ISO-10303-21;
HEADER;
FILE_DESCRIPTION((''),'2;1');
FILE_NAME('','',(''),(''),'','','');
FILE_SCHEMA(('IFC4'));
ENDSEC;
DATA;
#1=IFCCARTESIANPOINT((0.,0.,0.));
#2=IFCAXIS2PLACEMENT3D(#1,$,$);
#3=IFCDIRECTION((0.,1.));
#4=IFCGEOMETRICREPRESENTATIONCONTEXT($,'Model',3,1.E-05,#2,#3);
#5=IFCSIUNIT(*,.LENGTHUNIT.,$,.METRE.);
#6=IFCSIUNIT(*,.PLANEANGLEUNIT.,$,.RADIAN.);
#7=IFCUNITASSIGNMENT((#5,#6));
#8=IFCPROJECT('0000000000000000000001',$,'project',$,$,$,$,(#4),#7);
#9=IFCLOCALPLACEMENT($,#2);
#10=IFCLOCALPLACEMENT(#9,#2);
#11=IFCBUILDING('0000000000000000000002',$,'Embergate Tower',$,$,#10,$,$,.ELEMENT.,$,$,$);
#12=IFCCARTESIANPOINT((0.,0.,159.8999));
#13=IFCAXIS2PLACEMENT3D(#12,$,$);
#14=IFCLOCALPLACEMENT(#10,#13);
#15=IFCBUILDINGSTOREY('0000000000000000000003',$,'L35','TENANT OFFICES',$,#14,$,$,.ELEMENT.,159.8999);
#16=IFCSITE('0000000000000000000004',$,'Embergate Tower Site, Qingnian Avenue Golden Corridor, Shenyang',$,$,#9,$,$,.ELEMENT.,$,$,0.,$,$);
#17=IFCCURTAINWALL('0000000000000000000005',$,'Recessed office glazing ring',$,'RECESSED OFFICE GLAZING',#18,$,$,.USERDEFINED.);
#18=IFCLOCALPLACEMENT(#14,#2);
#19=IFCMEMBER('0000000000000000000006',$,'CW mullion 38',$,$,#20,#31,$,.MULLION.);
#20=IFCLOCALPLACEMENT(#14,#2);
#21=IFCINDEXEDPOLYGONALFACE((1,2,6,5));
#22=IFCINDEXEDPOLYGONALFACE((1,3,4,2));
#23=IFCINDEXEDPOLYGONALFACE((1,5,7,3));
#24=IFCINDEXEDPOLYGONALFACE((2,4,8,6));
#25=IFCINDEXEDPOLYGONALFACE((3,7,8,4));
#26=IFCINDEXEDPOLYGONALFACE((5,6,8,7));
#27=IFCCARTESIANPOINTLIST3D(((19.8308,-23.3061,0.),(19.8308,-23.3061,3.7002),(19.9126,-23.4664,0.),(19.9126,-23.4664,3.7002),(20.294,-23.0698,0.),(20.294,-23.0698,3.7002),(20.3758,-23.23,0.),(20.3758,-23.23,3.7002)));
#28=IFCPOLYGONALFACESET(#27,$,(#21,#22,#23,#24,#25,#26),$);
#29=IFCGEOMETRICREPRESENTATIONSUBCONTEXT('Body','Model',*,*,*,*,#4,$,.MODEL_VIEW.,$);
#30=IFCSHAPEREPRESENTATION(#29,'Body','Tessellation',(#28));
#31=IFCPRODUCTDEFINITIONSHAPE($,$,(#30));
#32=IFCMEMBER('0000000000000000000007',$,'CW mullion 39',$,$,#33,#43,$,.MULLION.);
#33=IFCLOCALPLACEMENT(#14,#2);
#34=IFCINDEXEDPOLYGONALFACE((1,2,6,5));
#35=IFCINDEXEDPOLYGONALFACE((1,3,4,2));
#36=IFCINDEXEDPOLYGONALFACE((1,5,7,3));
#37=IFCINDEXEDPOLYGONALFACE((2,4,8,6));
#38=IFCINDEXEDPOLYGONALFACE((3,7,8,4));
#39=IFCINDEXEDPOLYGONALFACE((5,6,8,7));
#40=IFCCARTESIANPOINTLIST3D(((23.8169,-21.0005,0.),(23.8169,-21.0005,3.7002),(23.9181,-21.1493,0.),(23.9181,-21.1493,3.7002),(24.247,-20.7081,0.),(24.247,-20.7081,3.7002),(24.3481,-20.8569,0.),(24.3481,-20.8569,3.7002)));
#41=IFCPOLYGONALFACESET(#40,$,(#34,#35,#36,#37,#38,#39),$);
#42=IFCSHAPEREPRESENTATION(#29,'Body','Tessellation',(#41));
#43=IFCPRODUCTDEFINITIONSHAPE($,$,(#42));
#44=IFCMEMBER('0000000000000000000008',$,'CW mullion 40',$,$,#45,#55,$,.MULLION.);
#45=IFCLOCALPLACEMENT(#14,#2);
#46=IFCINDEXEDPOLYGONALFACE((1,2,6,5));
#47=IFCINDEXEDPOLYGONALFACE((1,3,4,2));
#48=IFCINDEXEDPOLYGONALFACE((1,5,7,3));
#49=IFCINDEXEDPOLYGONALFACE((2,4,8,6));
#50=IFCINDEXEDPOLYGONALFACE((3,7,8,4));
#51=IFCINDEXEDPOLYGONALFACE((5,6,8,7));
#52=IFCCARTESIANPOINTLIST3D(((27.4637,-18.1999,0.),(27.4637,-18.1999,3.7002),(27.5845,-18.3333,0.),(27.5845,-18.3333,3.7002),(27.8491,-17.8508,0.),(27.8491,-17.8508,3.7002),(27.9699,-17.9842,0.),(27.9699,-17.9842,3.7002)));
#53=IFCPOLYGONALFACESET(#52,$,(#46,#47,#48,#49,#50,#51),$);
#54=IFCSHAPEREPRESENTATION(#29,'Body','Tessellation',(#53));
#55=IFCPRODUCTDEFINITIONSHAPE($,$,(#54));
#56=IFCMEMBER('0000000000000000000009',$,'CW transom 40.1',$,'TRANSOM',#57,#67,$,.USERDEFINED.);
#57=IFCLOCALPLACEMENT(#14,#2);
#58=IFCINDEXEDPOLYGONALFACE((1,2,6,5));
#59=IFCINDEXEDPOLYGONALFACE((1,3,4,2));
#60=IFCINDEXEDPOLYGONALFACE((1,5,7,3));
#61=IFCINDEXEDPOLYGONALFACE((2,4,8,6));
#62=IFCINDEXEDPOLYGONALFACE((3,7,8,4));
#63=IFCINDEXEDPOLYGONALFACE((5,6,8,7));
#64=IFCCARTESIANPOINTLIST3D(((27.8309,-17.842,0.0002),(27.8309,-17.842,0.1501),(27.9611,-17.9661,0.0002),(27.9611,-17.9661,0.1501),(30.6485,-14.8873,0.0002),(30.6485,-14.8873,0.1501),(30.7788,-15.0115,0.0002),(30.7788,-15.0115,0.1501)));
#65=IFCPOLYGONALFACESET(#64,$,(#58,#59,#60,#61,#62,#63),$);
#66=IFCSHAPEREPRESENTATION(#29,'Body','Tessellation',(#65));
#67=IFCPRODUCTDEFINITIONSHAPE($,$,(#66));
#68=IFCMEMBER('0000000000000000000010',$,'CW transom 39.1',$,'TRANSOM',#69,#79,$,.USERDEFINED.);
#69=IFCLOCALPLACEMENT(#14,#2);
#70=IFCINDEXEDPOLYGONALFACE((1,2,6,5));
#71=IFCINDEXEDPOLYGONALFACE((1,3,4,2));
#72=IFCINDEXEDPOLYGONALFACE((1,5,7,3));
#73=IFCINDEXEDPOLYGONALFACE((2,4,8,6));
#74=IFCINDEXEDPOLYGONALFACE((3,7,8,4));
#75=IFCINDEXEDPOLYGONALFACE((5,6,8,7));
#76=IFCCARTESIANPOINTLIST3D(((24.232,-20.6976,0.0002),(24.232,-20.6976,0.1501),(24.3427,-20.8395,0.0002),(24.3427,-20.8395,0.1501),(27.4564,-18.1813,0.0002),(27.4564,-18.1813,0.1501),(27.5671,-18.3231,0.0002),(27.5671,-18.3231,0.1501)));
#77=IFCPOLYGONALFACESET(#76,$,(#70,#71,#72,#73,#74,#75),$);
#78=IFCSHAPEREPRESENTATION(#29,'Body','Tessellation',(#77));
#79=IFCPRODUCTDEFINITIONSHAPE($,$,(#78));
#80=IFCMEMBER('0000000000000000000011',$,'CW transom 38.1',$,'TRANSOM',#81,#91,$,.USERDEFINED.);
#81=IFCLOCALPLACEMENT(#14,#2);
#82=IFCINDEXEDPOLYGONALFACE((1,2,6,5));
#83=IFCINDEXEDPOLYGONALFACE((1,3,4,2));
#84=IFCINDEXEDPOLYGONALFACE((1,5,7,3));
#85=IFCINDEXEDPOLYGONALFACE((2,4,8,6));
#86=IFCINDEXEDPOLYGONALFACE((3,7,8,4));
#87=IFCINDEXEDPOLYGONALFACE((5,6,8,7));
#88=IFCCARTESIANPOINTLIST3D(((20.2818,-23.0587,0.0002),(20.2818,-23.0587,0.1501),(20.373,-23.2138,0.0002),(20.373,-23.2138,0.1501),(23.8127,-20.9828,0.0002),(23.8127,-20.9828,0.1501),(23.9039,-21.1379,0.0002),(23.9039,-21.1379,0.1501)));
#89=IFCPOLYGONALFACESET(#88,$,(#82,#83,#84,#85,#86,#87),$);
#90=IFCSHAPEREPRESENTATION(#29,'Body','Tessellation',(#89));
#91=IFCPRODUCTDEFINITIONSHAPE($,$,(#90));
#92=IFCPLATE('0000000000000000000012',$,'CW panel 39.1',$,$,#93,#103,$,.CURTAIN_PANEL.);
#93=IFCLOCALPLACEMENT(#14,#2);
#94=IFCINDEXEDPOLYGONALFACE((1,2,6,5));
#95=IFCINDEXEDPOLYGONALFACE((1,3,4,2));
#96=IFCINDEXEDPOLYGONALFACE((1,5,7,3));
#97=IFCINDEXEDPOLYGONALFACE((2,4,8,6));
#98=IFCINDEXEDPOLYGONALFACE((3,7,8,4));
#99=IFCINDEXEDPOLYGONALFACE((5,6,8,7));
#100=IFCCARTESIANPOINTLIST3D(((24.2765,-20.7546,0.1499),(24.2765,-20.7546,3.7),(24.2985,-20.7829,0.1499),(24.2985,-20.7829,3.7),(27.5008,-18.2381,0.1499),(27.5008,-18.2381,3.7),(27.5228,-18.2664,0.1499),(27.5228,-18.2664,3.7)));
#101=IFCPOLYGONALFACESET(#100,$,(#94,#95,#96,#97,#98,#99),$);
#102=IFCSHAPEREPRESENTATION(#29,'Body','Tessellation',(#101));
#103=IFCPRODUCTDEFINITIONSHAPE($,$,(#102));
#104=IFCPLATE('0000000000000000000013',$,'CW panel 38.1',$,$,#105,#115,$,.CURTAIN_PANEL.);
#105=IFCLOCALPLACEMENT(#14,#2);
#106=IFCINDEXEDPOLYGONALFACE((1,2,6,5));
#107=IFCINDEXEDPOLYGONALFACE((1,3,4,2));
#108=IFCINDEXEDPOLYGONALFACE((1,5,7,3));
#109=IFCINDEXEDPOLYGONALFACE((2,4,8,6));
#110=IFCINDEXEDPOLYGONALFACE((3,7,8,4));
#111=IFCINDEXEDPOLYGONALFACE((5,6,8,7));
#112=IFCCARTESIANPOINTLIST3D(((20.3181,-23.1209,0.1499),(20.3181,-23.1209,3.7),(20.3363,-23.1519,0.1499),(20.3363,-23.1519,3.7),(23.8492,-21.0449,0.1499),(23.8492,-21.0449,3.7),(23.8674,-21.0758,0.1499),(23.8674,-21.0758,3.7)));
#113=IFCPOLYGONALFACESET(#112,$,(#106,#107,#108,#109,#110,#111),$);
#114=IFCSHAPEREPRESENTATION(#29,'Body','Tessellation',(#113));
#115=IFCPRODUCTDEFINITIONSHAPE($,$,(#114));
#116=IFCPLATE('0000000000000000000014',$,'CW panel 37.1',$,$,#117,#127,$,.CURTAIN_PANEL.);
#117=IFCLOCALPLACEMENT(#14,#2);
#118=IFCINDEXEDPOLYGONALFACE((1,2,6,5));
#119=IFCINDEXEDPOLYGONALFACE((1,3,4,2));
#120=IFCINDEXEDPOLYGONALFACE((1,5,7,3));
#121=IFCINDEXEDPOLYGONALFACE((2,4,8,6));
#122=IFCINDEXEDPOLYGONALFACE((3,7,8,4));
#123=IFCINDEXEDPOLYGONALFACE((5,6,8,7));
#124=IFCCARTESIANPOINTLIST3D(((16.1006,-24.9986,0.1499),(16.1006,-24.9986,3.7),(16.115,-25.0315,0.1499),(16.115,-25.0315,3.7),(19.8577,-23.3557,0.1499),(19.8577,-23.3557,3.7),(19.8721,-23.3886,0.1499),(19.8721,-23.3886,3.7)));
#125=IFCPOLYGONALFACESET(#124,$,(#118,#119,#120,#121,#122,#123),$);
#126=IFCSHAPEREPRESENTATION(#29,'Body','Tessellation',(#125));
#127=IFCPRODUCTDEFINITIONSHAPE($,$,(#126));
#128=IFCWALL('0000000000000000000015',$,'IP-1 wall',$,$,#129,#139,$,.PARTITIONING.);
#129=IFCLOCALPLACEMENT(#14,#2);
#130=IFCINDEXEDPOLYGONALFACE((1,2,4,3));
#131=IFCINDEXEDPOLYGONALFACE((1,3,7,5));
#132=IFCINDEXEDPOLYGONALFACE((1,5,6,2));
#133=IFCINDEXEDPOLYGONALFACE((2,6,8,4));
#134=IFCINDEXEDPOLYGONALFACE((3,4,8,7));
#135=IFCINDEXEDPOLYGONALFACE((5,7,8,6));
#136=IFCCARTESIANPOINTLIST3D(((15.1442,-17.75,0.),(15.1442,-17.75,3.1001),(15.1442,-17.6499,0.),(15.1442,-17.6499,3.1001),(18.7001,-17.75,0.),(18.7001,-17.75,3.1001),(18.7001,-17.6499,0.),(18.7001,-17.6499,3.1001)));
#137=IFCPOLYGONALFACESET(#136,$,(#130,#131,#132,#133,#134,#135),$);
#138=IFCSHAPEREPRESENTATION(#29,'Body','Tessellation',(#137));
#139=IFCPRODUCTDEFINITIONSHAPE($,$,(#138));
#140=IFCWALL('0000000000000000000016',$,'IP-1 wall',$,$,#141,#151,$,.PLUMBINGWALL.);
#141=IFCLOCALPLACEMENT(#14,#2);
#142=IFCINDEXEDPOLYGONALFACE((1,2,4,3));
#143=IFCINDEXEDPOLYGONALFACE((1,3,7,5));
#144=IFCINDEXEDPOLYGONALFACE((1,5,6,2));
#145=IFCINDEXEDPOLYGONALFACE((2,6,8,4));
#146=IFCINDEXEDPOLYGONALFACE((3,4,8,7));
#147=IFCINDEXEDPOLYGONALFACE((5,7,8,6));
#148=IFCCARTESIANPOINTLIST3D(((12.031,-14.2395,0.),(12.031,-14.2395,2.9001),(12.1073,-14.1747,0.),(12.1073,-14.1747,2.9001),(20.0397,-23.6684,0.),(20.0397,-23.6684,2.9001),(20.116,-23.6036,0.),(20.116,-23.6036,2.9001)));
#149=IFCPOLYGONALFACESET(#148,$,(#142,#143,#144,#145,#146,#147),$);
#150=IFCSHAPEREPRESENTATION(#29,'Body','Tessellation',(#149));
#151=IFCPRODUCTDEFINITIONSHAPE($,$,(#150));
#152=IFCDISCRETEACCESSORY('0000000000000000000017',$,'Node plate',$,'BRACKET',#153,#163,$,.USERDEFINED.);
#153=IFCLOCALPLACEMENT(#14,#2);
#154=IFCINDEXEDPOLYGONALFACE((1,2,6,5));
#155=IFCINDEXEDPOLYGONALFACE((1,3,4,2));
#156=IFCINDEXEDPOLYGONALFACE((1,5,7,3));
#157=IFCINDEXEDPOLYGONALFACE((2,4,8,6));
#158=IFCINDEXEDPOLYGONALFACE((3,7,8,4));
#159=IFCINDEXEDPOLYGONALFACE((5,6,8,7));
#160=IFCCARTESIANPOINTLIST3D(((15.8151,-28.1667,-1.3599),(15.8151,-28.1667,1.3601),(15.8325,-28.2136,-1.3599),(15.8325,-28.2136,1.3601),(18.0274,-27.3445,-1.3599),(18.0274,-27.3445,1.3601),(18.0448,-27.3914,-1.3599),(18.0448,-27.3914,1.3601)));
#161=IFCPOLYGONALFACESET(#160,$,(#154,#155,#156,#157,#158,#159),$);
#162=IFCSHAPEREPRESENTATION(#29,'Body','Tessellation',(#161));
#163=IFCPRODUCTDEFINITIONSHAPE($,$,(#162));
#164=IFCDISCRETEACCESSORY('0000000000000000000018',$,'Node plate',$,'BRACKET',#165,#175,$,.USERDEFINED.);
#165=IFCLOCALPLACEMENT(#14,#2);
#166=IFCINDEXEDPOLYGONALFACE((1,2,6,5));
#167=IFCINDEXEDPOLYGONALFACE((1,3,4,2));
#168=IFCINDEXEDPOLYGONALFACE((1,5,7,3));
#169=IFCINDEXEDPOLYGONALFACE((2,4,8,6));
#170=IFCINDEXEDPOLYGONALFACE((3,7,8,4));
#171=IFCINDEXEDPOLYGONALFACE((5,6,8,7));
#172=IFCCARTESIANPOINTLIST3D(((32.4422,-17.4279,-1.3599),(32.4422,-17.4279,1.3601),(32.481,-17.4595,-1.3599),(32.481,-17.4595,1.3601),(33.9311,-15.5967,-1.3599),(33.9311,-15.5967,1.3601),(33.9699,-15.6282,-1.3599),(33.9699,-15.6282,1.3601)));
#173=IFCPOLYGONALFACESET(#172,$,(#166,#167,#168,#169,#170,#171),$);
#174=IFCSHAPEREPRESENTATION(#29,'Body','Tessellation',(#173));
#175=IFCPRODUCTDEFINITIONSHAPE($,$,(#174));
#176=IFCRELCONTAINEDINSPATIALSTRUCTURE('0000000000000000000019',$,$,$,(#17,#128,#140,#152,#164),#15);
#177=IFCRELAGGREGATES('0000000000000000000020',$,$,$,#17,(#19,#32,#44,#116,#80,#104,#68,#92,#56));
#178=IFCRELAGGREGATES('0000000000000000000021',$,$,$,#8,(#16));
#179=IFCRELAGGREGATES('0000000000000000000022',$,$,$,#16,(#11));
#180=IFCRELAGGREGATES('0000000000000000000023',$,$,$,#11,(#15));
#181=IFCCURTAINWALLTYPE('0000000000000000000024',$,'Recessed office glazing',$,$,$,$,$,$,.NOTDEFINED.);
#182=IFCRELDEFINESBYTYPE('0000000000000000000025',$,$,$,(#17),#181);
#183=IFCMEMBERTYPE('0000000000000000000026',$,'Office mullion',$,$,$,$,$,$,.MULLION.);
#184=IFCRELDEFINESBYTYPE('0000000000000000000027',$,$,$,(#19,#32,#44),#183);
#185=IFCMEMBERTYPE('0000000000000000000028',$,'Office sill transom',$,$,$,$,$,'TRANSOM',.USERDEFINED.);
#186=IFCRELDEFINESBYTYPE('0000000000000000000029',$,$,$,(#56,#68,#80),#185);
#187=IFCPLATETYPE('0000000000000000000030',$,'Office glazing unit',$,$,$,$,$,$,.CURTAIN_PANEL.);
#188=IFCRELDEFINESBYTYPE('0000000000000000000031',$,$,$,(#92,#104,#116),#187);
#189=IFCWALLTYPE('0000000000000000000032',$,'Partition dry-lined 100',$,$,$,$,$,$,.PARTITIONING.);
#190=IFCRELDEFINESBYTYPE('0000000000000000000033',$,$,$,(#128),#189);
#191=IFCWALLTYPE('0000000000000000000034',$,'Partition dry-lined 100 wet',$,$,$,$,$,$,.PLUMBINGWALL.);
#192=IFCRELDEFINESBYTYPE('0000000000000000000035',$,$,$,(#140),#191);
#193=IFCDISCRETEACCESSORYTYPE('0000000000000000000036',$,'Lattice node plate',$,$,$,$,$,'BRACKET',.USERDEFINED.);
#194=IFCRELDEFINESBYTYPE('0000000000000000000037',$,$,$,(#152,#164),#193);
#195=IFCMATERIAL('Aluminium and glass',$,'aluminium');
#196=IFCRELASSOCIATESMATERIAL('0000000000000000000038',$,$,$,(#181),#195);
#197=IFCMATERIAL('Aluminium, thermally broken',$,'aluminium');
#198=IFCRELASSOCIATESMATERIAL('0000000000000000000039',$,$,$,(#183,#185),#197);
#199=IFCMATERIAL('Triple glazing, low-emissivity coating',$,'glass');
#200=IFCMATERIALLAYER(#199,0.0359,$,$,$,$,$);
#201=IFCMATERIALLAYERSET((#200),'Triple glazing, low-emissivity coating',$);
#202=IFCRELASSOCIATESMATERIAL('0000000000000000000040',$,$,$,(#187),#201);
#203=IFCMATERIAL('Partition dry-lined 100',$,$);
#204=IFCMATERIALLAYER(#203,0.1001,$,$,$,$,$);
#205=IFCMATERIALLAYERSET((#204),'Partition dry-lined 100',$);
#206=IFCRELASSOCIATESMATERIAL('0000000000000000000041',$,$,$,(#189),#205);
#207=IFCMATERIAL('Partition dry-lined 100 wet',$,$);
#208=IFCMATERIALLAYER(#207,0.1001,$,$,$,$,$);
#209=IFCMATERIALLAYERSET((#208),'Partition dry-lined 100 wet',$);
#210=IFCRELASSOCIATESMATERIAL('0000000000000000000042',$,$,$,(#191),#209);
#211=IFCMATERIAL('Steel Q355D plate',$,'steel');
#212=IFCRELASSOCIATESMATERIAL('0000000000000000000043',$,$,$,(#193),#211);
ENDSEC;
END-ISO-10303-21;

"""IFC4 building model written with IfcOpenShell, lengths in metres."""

from ifc_helpers import new_model, si_unit, direction, frame, frame_2d, origin, origin_2d, place, context, subcontext, project, spatial, rectangle, extrude, source, transform, mapped, material, layer, layer_set, material_profile, profile_set, type_object, element, aggregate, save


model = new_model("IFC4")

# Units and contexts
model_context = context("Model", 3, precision=1e-05, world=origin(), true_north=direction((0.0, 1.0)))
body_context = subcontext(model_context, "Body", "Model", "MODEL_VIEW")
ifc_project = project(units=[si_unit("LENGTHUNIT", "METRE"), si_unit("PLANEANGLEUNIT", "RADIAN")], contexts=[model_context])

# Site, building, storey
site_placement = place(None, origin())
site = spatial("IfcSite", under=ifc_project, at=site_placement, Name="Embergate Tower Site, Qingnian Avenue Golden Corridor, Shenyang", CompositionType="ELEMENT", RefElevation=0.0)
building_placement = place(site_placement, origin())
building = spatial("IfcBuilding", under=site, at=building_placement, Name="Embergate Tower", CompositionType="ELEMENT")
storey_placement = place(building_placement, frame((0.0, 0.0, 159.8999)))
storey = spatial("IfcBuildingStorey", under=building, at=storey_placement, Name="L35", Description="TENANT OFFICES", CompositionType="ELEMENT", Elevation=159.8999)

# Curtain wall, members, plates
ifc_material_1 = material(Name="Aluminium and glass", Category="aluminium")
curtain_wall_type = type_object("IfcCurtainWallType", Name="Recessed office glazing", PredefinedType="NOTDEFINED", material=ifc_material_1)
curtain_wall_placement = place(storey_placement, origin())
curtain_wall = element("IfcCurtainWall", 1, at=curtain_wall_placement, inside=storey, type_object=curtain_wall_type, Name="Recessed office glazing ring", ObjectType="RECESSED OFFICE GLAZING", PredefinedType="USERDEFINED")
ifc_material_2 = material(Name="Aluminium, thermally broken", Category="aluminium")
ifc_material_profile_1 = material_profile(ifc_material_2, rectangle(XDim=0.1799, YDim=0.52, at=origin_2d()), Name="AL 520x180")
ifc_profile_set_1 = profile_set([ifc_material_profile_1], Name="Aluminium, thermally broken")
member_type_1 = type_object("IfcMemberType", Name="Office mullion", PredefinedType="MULLION", material=ifc_profile_set_1)
shared_shape_1 = source(origin(), body_context, "Body", "SweptSolid", [
    extrude(rectangle(XDim=0.1799, YDim=0.52, at=origin_2d()), origin(), (0.0, 0.0, 1.0), 3.7002),
])
member_1_placement = place(storey_placement, frame((20.1033, -23.2681, 0.0), z_axis=(0.0, 0.0, 1.0), x_axis=(-0.45451, 0.890742, 0.0)))
member_1 = element("IfcMember", 2, at=member_1_placement, type_object=member_type_1, Name="CW mullion 38", PredefinedType="MULLION", context=body_context, shape_type="MappedRepresentation", body=[
    mapped(shared_shape_1, transform((0.0, 0.0, 0.0))),
])
member_2_placement = place(storey_placement, frame((24.0825, -20.9287, 0.0), z_axis=(0.0, 0.0, 1.0), x_axis=(-0.562216, 0.82699, 0.0)))
member_2 = element("IfcMember", 3, at=member_2_placement, type_object=member_type_1, Name="CW mullion 39", PredefinedType="MULLION", context=body_context, shape_type="MappedRepresentation", body=[
    mapped(shared_shape_1, transform((0.0, 0.0, 0.0))),
])
member_3_placement = place(storey_placement, frame((27.7168, -18.092, 0.0), z_axis=(0.0, 0.0, 1.0), x_axis=(-0.671227, 0.741252, 0.0)))
member_3 = element("IfcMember", 4, at=member_3_placement, type_object=member_type_1, Name="CW mullion 40", PredefinedType="MULLION", context=body_context, shape_type="MappedRepresentation", body=[
    mapped(shared_shape_1, transform((0.0, 0.0, 0.0))),
])
ifc_material_profile_2 = material_profile(ifc_material_2, rectangle(XDim=0.1799, YDim=0.1499, at=origin_2d()), Name="AL 150x180")
ifc_profile_set_2 = profile_set([ifc_material_profile_2], Name="Aluminium, thermally broken")
member_type_2 = type_object("IfcMemberType", Name="Office sill transom", ElementType="TRANSOM", PredefinedType="USERDEFINED", material=ifc_profile_set_2)
shared_shape_2 = source(origin(), body_context, "Body", "SweptSolid", [
    extrude(rectangle(XDim=0.1799, YDim=0.1499, at=origin_2d()), origin(), (0.0, 0.0, 1.0), 4.0828),
])
member_4_placement = place(storey_placement, frame((27.896, -17.9041, 0.0752), z_axis=(0.690134, 0.723681, 0.0), x_axis=(-0.723681, 0.690134, 0.0)))
member_4 = element("IfcMember", 5, at=member_4_placement, type_object=member_type_2, Name="CW transom 40.1", ObjectType="TRANSOM", PredefinedType="USERDEFINED", context=body_context, shape_type="MappedRepresentation", body=[
    mapped(shared_shape_2, transform((0.0, 0.0, 0.0))),
])
shared_shape_3 = source(origin(), body_context, "Body", "SweptSolid", [
    extrude(rectangle(XDim=0.1799, YDim=0.1499, at=origin_2d()), origin(), (0.0, 0.0, 1.0), 4.0901),
])
member_5_placement = place(storey_placement, frame((24.2874, -20.7686, 0.0752), z_axis=(0.788342, 0.615237, 0.0), x_axis=(-0.615237, 0.788342, 0.0)))
member_5 = element("IfcMember", 6, at=member_5_placement, type_object=member_type_2, Name="CW transom 39.1", ObjectType="TRANSOM", PredefinedType="USERDEFINED", context=body_context, shape_type="MappedRepresentation", body=[
    mapped(shared_shape_3, transform((0.0, 0.0, 0.0))),
])
shared_shape_4 = source(origin(), body_context, "Body", "SweptSolid", [
    extrude(rectangle(XDim=0.1799, YDim=0.1499, at=origin_2d()), origin(), (0.0, 0.0, 1.0), 4.0959),
])
member_6_placement = place(storey_placement, frame((20.3274, -23.1362, 0.0752), z_axis=(0.862055, 0.506814, 0.0), x_axis=(-0.506814, 0.862055, 0.0)))
member_6 = element("IfcMember", 7, at=member_6_placement, type_object=member_type_2, Name="CW transom 38.1", ObjectType="TRANSOM", PredefinedType="USERDEFINED", context=body_context, shape_type="MappedRepresentation", body=[
    mapped(shared_shape_4, transform((0.0, 0.0, 0.0))),
])
ifc_material_3 = material(Name="Triple glazing, low-emissivity coating", Category="glass")
ifc_layer_1 = layer(ifc_material_3, 0.0359)
ifc_layer_set_1 = layer_set([ifc_layer_1], Name="Triple glazing, low-emissivity coating")
plate_type = type_object("IfcPlateType", Name="Office glazing unit", PredefinedType="CURTAIN_PANEL", material=ifc_layer_set_1)
shared_shape_5 = source(origin(), body_context, "Body", "SweptSolid", [
    extrude(rectangle(XDim=4.0901, YDim=0.0359, at=origin_2d()), origin(), (0.0, 0.0, 1.0), 3.55),
])
plate_1_placement = place(storey_placement, frame((25.8997, -19.5105, 0.1499), z_axis=(0.0, 0.0, 1.0), x_axis=(0.78832, 0.615265, 0.0)))
plate_1 = element("IfcPlate", 8, at=plate_1_placement, type_object=plate_type, Name="CW panel 39.1", PredefinedType="CURTAIN_PANEL", context=body_context, shape_type="MappedRepresentation", body=[
    mapped(shared_shape_5, transform((0.0, 0.0, 0.0))),
])
shared_shape_6 = source(origin(), body_context, "Body", "SweptSolid", [
    extrude(rectangle(XDim=4.0962, YDim=0.0359, at=origin_2d()), origin(), (0.0, 0.0, 1.0), 3.55),
])
plate_2_placement = place(storey_placement, frame((22.0928, -22.0984, 0.1499), z_axis=(0.0, 0.0, 1.0), x_axis=(0.862053, 0.506818, 0.0)))
plate_2 = element("IfcPlate", 9, at=plate_2_placement, type_object=plate_type, Name="CW panel 38.1", PredefinedType="CURTAIN_PANEL", context=body_context, shape_type="MappedRepresentation", body=[
    mapped(shared_shape_6, transform((0.0, 0.0, 0.0))),
])
shared_shape_7 = source(origin(), body_context, "Body", "SweptSolid", [
    extrude(rectangle(XDim=4.1006, YDim=0.0359, at=origin_2d()), origin(), (0.0, 0.0, 1.0), 3.55),
])
plate_3_placement = place(storey_placement, frame((17.9863, -24.1936, 0.1499), z_axis=(0.0, 0.0, 1.0), x_axis=(0.916236, 0.400638, 0.0)))
plate_3 = element("IfcPlate", 10, at=plate_3_placement, type_object=plate_type, Name="CW panel 37.1", PredefinedType="CURTAIN_PANEL", context=body_context, shape_type="MappedRepresentation", body=[
    mapped(shared_shape_7, transform((0.0, 0.0, 0.0))),
])
aggregate(curtain_wall, [member_1, member_2, member_3, plate_3, member_6, plate_2, member_5, plate_1, member_4])

# Walls
ifc_material_4 = material(Name="Partition dry-lined 100")
ifc_layer_2 = layer(ifc_material_4, 0.1001)
ifc_layer_set_2 = layer_set([ifc_layer_2], Name="Partition dry-lined 100")
wall_type_1 = type_object("IfcWallType", Name="Partition dry-lined 100", PredefinedType="PARTITIONING", material=ifc_layer_set_2)
shared_shape_8 = source(origin(), body_context, "Body", "SweptSolid", [
    extrude(rectangle(XDim=3.5559, YDim=0.1001, at=frame_2d((1.7778, 0.0))), origin(), (0.0, 0.0, 1.0), 3.1001),
])
wall_1_placement = place(storey_placement, frame((18.7, -17.7, 0.0), z_axis=(0.0, 0.0, 1.0), x_axis=(-1.0, 0.0, 0.0)))
element("IfcWall", 11, at=wall_1_placement, inside=storey, type_object=wall_type_1, Name="IP-1 wall", PredefinedType="PARTITIONING", context=body_context, shape_type="MappedRepresentation", body=[
    mapped(shared_shape_8, transform((0.0, 0.0, 0.0))),
])
ifc_material_5 = material(Name="Partition dry-lined 100 wet")
ifc_layer_3 = layer(ifc_material_5, 0.1001)
ifc_layer_set_3 = layer_set([ifc_layer_3], Name="Partition dry-lined 100 wet")
wall_type_2 = type_object("IfcWallType", Name="Partition dry-lined 100 wet", PredefinedType="PLUMBINGWALL", material=ifc_layer_set_3)
shared_shape_9 = source(origin(), body_context, "Body", "SweptSolid", [
    extrude(rectangle(XDim=12.3711, YDim=0.1001, at=frame_2d((6.1855, 0.0))), origin(), (0.0, 0.0, 1.0), 2.9001),
])
wall_2_placement = place(storey_placement, frame((20.0779, -23.636, 0.0), z_axis=(0.0, 0.0, 1.0), x_axis=(-0.647375, 0.762172, 0.0)))
element("IfcWall", 12, at=wall_2_placement, inside=storey, type_object=wall_type_2, Name="IP-1 wall", PredefinedType="PLUMBINGWALL", context=body_context, shape_type="MappedRepresentation", body=[
    mapped(shared_shape_9, transform((0.0, 0.0, 0.0))),
])

# Discrete accessories
ifc_material_6 = material(Name="Steel Q355D plate", Category="steel")
discrete_accessory_type = type_object("IfcDiscreteAccessoryType", Name="Lattice node plate", ElementType="BRACKET", PredefinedType="USERDEFINED", material=ifc_material_6)
shared_shape_10 = source(origin(), body_context, "Body", "SweptSolid", [
    extrude(rectangle(XDim=2.3601, YDim=0.05, at=origin_2d()), origin(), (0.0, 0.0, 1.0), 2.72),
])
for number, where, z_axis, x_axis, name in (
    (13, (16.9299, -27.7791, -1.3599), (0.0, 0.0, 1.0), (0.937367, 0.348343, 0.0), "Node plate"),
    (14, (33.2061, -16.5281, -1.3599), (0.0, 0.0, 1.0), (0.630838, 0.775914, 0.0), "Node plate"),
):
    element("IfcDiscreteAccessory", number, at=place(storey_placement, frame(where, z_axis=z_axis, x_axis=x_axis)), inside=storey, type_object=discrete_accessory_type, Name=name, ObjectType="BRACKET", PredefinedType="USERDEFINED", context=body_context, shape_type="MappedRepresentation", body=[
        mapped(shared_shape_10, transform((0.0, 0.0, 0.0))),
    ])

save(model, "model.ifc")
